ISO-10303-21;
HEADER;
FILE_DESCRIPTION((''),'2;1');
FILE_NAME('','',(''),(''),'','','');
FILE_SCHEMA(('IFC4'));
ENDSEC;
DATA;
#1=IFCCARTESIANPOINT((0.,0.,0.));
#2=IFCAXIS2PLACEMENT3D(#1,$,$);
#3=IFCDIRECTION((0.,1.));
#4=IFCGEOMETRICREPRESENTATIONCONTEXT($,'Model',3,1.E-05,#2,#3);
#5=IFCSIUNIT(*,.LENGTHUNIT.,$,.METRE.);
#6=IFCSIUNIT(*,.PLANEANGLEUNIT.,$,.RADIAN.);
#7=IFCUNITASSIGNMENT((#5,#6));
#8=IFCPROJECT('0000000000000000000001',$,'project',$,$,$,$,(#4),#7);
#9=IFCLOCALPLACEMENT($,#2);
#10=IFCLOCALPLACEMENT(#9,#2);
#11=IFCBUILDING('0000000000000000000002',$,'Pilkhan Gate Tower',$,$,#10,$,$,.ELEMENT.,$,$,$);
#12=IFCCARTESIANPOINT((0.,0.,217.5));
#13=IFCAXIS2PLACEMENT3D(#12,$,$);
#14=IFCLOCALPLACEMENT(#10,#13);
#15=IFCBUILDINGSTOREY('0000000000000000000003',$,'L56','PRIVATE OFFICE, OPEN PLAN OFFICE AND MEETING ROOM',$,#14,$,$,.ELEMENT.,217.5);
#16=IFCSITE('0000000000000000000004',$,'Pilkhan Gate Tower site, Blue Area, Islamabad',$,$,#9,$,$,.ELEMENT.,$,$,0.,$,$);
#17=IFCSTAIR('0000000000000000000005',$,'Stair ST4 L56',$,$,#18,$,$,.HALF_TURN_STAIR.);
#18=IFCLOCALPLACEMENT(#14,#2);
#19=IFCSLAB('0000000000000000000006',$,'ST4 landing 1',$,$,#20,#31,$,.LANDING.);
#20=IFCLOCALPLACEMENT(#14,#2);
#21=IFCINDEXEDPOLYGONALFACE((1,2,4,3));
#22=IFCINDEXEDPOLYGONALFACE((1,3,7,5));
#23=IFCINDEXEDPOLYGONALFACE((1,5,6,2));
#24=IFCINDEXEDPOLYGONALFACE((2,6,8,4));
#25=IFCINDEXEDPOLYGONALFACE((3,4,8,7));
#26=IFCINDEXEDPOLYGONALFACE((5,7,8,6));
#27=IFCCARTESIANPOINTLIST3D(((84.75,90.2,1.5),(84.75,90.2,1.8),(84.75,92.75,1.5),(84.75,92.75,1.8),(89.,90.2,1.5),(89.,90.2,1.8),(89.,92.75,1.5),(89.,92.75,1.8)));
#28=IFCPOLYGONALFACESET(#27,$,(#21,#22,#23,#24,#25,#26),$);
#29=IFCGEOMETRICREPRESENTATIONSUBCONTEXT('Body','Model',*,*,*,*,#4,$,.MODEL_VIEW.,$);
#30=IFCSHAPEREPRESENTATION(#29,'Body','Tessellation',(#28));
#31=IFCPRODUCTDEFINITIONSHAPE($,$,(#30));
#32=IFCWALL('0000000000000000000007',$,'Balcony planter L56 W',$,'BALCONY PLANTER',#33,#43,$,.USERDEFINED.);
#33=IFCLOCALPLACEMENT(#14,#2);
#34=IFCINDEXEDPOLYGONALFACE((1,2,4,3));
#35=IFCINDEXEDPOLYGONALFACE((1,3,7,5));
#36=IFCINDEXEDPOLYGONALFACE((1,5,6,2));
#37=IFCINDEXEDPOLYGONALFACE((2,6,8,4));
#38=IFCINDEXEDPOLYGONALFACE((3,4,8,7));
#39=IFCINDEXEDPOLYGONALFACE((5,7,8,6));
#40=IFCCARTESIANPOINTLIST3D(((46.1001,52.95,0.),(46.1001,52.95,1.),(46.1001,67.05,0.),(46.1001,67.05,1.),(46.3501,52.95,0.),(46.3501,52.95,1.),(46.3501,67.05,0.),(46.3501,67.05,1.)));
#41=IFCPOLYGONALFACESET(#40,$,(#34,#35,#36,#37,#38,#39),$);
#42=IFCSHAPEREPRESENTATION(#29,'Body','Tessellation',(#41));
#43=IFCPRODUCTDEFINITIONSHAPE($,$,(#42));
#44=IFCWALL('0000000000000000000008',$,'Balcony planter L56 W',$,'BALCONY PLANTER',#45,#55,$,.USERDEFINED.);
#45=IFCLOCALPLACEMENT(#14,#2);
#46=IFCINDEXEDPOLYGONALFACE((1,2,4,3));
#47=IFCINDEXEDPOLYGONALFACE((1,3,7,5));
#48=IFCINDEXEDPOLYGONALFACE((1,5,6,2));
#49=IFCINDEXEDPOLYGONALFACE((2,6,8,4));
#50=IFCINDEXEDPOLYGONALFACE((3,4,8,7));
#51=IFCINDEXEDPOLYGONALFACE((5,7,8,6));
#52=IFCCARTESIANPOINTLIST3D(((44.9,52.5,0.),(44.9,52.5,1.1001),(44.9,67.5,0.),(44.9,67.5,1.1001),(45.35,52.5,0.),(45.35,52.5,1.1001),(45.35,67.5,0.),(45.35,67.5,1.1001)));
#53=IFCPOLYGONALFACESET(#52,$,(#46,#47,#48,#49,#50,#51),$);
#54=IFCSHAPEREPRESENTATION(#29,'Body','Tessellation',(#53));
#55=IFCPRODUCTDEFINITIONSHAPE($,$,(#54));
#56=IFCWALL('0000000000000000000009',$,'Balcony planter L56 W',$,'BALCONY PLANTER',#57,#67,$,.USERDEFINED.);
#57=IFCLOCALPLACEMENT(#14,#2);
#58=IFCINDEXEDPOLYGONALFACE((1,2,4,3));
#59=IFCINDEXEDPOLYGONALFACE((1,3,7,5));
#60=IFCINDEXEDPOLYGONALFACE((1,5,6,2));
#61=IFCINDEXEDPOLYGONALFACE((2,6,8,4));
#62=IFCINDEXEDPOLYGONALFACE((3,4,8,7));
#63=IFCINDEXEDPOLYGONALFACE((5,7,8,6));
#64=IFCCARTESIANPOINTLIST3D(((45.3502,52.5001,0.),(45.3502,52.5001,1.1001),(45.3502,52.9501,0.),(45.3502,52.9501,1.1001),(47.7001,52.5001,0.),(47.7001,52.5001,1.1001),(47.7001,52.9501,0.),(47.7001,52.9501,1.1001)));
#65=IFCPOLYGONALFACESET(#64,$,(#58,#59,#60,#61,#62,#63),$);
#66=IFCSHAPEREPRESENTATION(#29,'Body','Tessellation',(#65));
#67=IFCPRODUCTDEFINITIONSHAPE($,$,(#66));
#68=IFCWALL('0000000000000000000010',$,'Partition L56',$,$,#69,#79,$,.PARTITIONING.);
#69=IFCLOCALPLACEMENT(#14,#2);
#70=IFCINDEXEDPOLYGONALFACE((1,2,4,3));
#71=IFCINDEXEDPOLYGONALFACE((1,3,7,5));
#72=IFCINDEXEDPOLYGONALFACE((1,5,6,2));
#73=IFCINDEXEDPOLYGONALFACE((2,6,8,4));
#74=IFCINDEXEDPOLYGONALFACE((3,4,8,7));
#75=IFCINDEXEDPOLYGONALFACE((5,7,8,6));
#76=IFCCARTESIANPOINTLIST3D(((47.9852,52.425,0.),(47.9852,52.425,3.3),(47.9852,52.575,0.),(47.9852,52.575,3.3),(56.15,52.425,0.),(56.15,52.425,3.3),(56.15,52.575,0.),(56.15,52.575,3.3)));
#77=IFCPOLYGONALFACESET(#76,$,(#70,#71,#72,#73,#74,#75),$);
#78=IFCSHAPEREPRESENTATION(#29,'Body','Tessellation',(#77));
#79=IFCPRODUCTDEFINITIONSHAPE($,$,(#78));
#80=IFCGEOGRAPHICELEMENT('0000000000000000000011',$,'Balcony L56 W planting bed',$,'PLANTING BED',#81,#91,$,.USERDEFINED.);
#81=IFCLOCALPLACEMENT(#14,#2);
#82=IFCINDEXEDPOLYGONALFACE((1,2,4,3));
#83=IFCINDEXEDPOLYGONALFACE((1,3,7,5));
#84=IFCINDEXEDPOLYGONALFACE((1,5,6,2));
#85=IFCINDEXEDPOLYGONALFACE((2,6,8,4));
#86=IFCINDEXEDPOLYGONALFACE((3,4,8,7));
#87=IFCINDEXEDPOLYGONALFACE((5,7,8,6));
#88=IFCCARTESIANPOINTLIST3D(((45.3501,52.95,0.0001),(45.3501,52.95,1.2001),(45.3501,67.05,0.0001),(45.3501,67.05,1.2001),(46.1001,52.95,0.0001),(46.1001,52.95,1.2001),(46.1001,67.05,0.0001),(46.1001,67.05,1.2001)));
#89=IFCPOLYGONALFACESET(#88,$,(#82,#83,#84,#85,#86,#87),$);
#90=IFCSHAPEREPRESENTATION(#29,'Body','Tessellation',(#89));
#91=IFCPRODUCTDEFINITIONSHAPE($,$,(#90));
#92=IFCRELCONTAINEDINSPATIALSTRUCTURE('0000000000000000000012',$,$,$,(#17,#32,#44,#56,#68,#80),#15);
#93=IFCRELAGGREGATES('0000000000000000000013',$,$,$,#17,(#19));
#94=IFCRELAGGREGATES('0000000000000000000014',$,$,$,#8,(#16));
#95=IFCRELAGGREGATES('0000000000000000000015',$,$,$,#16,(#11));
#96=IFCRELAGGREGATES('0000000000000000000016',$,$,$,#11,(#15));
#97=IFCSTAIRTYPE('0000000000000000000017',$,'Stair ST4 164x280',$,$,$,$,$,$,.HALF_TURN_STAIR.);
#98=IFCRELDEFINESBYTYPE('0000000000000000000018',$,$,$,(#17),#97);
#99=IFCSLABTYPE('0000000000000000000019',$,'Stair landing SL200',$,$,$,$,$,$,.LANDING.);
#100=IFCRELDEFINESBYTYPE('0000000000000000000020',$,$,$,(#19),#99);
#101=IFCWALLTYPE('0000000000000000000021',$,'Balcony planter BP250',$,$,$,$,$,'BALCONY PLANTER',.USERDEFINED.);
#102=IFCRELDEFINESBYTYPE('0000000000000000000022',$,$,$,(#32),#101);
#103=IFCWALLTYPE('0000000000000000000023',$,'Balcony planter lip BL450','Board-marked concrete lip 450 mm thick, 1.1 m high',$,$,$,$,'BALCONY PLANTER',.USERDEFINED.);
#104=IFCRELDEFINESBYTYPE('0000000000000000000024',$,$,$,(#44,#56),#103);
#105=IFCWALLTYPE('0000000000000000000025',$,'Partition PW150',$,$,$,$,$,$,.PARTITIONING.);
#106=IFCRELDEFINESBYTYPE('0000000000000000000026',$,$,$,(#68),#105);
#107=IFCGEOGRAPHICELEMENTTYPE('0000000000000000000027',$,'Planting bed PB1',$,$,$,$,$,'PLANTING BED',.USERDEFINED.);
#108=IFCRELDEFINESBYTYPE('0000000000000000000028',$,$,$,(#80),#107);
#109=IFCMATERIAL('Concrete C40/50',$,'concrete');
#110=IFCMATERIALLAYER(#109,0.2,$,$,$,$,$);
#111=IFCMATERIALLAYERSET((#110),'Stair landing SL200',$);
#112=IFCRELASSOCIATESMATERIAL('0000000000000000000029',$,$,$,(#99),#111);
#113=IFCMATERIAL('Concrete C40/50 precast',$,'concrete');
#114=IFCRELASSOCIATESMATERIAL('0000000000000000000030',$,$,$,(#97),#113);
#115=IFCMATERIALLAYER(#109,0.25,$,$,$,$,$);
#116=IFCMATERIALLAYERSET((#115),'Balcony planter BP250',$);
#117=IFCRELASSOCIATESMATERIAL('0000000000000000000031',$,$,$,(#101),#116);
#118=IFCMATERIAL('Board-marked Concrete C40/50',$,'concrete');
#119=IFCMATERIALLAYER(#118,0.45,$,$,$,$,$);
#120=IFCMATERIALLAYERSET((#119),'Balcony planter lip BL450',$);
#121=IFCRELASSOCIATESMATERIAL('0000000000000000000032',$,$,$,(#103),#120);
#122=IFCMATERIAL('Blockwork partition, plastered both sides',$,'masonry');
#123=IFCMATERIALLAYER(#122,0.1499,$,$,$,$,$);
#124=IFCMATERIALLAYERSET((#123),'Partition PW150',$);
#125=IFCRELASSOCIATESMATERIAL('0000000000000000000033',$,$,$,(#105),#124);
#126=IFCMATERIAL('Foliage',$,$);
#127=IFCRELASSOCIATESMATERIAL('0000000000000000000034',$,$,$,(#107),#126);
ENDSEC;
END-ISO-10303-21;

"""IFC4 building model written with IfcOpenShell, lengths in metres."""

from ifc_helpers import new_model, si_unit, direction, frame, frame_2d, origin, origin_2d, place, context, subcontext, project, spatial, polyline, rectangle, outline, extrude, material, layer, layer_set, material_profile, profile_set, type_object, element, aggregate, save


model = new_model("IFC4")

# Units and contexts
model_context = context("Model", 3, precision=1e-05, world=origin(), true_north=direction((0.0, 1.0)))
body_context = subcontext(model_context, "Body", "Model", "MODEL_VIEW")
ifc_project = project(units=[si_unit("LENGTHUNIT", "METRE"), si_unit("PLANEANGLEUNIT", "RADIAN")], contexts=[model_context])

# Site, building, storey
site_placement = place(None, origin())
site = spatial("IfcSite", under=ifc_project, at=site_placement, Name="Pilkhan Gate Tower site, Blue Area, Islamabad", CompositionType="ELEMENT", RefElevation=0.0)
building_placement = place(site_placement, origin())
building = spatial("IfcBuilding", under=site, at=building_placement, Name="Pilkhan Gate Tower", CompositionType="ELEMENT")
storey_placement = place(building_placement, frame((0.0, 0.0, 217.5)))
storey = spatial("IfcBuildingStorey", under=building, at=storey_placement, Name="L56", Description="PRIVATE OFFICE, OPEN PLAN OFFICE AND MEETING ROOM", CompositionType="ELEMENT", Elevation=217.5)

# Shared definitions
ifc_material_1 = material(Name="Concrete C40/50", Category="concrete")

# Stair, slab
ifc_material_2 = material(Name="Concrete C40/50 precast", Category="concrete")
ifc_layer_1 = layer(ifc_material_1, 0.2)
ifc_layer_set_1 = layer_set([ifc_layer_1], Name="Stair landing SL200")
slab_type_1 = type_object("IfcSlabType", Name="Stair landing SL200", PredefinedType="LANDING", material=ifc_layer_set_1)
stair_type_1 = type_object("IfcStairType", Name="Stair ST4 164x280", PredefinedType="HALF_TURN_STAIR", material=ifc_material_2)
stair_1_placement = place(storey_placement, origin())
stair_1 = element("IfcStair", 1, at=stair_1_placement, inside=storey, type_object=stair_type_1, Name="Stair ST4 L56", PredefinedType="HALF_TURN_STAIR")
slab_1_placement = place(storey_placement, frame((0.0, 0.0, 1.5)))
slab_1 = element("IfcSlab", 2, at=slab_1_placement, type_object=slab_type_1, Name="ST4 landing 1", PredefinedType="LANDING", context=body_context, shape_type="SweptSolid", body=[
    extrude(outline(polyline([(89.0, 90.2), (89.0, 92.75), (84.75, 92.75), (84.75, 90.2), (89.0, 90.2)])), origin(), (0.0, 0.0, 1.0), 0.3),
])
aggregate(stair_1, [slab_1])

# Walls
ifc_layer_2 = layer(ifc_material_1, 0.25)
ifc_layer_set_2 = layer_set([ifc_layer_2], Name="Balcony planter BP250")
wall_type_1 = type_object("IfcWallType", Name="Balcony planter BP250", ElementType="BALCONY PLANTER", PredefinedType="USERDEFINED", material=ifc_layer_set_2)
wall_1_placement = place(storey_placement, frame((46.2251, 52.95, 0.0), z_axis=(0.0, 0.0, 1.0), x_axis=(0.0, 1.0, 0.0)))
element("IfcWall", 3, at=wall_1_placement, inside=storey, type_object=wall_type_1, Name="Balcony planter L56 W", ObjectType="BALCONY PLANTER", PredefinedType="USERDEFINED", context=body_context, shape_type="SweptSolid", body=[
    extrude(rectangle(XDim=14.1001, YDim=0.25, at=frame_2d((7.05, 0.0))), origin(), (0.0, 0.0, 1.0), 1.0),
])
ifc_material_3 = material(Name="Board-marked Concrete C40/50", Category="concrete")
ifc_layer_3 = layer(ifc_material_3, 0.45)
ifc_layer_set_3 = layer_set([ifc_layer_3], Name="Balcony planter lip BL450")
wall_type_2 = type_object("IfcWallType", Name="Balcony planter lip BL450", Description="Board-marked concrete lip 450 mm thick, 1.1 m high", ElementType="BALCONY PLANTER", PredefinedType="USERDEFINED", material=ifc_layer_set_3)
wall_2_placement = place(storey_placement, frame((45.125, 52.5, 0.0), z_axis=(0.0, 0.0, 1.0), x_axis=(0.0, 1.0, 0.0)))
element("IfcWall", 4, at=wall_2_placement, inside=storey, type_object=wall_type_2, Name="Balcony planter L56 W", ObjectType="BALCONY PLANTER", PredefinedType="USERDEFINED", context=body_context, shape_type="SweptSolid", body=[
    extrude(rectangle(XDim=15.0, YDim=0.45, at=frame_2d((7.5, 0.0))), origin(), (0.0, 0.0, 1.0), 1.1001),
])
wall_3_placement = place(storey_placement, frame((47.7, 52.7251, 0.0), z_axis=(0.0, 0.0, 1.0), x_axis=(-1.0, 0.0, 0.0)))
element("IfcWall", 5, at=wall_3_placement, inside=storey, type_object=wall_type_2, Name="Balcony planter L56 W", ObjectType="BALCONY PLANTER", PredefinedType="USERDEFINED", context=body_context, shape_type="SweptSolid", body=[
    extrude(rectangle(XDim=2.3499, YDim=0.45, at=frame_2d((1.1748, 0.0))), origin(), (0.0, 0.0, 1.0), 1.1001),
])
ifc_material_4 = material(Name="Blockwork partition, plastered both sides", Category="masonry")
ifc_layer_4 = layer(ifc_material_4, 0.1499)
ifc_layer_set_4 = layer_set([ifc_layer_4], Name="Partition PW150")
wall_type_3 = type_object("IfcWallType", Name="Partition PW150", PredefinedType="PARTITIONING", material=ifc_layer_set_4)
wall_4_placement = place(storey_placement, frame((47.9851, 52.5, 0.0), z_axis=(0.0, 0.0, 1.0), x_axis=(1.0, 0.0, 0.0)))
element("IfcWall", 6, at=wall_4_placement, inside=storey, type_object=wall_type_3, Name="Partition L56", PredefinedType="PARTITIONING", context=body_context, shape_type="SweptSolid", body=[
    extrude(rectangle(XDim=8.1648, YDim=0.1499, at=frame_2d((4.0825, 0.0))), origin(), (0.0, 0.0, 1.0), 3.3),
])

# Geographic element
ifc_material_5 = material(Name="Foliage")
ifc_material_profile_1 = material_profile(ifc_material_5, rectangle(XDim=0.75, YDim=1.2, at=origin_2d()), Name="Bed 750x1200")
ifc_profile_set_1 = profile_set([ifc_material_profile_1], Name="Foliage")
geographic_element_type = type_object("IfcGeographicElementType", Name="Planting bed PB1", ElementType="PLANTING BED", PredefinedType="USERDEFINED", material=ifc_profile_set_1)
geographic_element_placement = place(storey_placement, frame((45.7251, 52.95, 0.6001), z_axis=(0.0, 1.0, 0.0), x_axis=(-1.0, 0.0, 0.0)))
element("IfcGeographicElement", 7, at=geographic_element_placement, inside=storey, type_object=geographic_element_type, Name="Balcony L56 W planting bed", ObjectType="PLANTING BED", PredefinedType="USERDEFINED", context=body_context, shape_type="SweptSolid", body=[
    extrude(rectangle(XDim=0.75, YDim=1.2, at=origin_2d()), origin(), (0.0, 0.0, 1.0), 14.1001),
])

save(model, "model.ifc")
